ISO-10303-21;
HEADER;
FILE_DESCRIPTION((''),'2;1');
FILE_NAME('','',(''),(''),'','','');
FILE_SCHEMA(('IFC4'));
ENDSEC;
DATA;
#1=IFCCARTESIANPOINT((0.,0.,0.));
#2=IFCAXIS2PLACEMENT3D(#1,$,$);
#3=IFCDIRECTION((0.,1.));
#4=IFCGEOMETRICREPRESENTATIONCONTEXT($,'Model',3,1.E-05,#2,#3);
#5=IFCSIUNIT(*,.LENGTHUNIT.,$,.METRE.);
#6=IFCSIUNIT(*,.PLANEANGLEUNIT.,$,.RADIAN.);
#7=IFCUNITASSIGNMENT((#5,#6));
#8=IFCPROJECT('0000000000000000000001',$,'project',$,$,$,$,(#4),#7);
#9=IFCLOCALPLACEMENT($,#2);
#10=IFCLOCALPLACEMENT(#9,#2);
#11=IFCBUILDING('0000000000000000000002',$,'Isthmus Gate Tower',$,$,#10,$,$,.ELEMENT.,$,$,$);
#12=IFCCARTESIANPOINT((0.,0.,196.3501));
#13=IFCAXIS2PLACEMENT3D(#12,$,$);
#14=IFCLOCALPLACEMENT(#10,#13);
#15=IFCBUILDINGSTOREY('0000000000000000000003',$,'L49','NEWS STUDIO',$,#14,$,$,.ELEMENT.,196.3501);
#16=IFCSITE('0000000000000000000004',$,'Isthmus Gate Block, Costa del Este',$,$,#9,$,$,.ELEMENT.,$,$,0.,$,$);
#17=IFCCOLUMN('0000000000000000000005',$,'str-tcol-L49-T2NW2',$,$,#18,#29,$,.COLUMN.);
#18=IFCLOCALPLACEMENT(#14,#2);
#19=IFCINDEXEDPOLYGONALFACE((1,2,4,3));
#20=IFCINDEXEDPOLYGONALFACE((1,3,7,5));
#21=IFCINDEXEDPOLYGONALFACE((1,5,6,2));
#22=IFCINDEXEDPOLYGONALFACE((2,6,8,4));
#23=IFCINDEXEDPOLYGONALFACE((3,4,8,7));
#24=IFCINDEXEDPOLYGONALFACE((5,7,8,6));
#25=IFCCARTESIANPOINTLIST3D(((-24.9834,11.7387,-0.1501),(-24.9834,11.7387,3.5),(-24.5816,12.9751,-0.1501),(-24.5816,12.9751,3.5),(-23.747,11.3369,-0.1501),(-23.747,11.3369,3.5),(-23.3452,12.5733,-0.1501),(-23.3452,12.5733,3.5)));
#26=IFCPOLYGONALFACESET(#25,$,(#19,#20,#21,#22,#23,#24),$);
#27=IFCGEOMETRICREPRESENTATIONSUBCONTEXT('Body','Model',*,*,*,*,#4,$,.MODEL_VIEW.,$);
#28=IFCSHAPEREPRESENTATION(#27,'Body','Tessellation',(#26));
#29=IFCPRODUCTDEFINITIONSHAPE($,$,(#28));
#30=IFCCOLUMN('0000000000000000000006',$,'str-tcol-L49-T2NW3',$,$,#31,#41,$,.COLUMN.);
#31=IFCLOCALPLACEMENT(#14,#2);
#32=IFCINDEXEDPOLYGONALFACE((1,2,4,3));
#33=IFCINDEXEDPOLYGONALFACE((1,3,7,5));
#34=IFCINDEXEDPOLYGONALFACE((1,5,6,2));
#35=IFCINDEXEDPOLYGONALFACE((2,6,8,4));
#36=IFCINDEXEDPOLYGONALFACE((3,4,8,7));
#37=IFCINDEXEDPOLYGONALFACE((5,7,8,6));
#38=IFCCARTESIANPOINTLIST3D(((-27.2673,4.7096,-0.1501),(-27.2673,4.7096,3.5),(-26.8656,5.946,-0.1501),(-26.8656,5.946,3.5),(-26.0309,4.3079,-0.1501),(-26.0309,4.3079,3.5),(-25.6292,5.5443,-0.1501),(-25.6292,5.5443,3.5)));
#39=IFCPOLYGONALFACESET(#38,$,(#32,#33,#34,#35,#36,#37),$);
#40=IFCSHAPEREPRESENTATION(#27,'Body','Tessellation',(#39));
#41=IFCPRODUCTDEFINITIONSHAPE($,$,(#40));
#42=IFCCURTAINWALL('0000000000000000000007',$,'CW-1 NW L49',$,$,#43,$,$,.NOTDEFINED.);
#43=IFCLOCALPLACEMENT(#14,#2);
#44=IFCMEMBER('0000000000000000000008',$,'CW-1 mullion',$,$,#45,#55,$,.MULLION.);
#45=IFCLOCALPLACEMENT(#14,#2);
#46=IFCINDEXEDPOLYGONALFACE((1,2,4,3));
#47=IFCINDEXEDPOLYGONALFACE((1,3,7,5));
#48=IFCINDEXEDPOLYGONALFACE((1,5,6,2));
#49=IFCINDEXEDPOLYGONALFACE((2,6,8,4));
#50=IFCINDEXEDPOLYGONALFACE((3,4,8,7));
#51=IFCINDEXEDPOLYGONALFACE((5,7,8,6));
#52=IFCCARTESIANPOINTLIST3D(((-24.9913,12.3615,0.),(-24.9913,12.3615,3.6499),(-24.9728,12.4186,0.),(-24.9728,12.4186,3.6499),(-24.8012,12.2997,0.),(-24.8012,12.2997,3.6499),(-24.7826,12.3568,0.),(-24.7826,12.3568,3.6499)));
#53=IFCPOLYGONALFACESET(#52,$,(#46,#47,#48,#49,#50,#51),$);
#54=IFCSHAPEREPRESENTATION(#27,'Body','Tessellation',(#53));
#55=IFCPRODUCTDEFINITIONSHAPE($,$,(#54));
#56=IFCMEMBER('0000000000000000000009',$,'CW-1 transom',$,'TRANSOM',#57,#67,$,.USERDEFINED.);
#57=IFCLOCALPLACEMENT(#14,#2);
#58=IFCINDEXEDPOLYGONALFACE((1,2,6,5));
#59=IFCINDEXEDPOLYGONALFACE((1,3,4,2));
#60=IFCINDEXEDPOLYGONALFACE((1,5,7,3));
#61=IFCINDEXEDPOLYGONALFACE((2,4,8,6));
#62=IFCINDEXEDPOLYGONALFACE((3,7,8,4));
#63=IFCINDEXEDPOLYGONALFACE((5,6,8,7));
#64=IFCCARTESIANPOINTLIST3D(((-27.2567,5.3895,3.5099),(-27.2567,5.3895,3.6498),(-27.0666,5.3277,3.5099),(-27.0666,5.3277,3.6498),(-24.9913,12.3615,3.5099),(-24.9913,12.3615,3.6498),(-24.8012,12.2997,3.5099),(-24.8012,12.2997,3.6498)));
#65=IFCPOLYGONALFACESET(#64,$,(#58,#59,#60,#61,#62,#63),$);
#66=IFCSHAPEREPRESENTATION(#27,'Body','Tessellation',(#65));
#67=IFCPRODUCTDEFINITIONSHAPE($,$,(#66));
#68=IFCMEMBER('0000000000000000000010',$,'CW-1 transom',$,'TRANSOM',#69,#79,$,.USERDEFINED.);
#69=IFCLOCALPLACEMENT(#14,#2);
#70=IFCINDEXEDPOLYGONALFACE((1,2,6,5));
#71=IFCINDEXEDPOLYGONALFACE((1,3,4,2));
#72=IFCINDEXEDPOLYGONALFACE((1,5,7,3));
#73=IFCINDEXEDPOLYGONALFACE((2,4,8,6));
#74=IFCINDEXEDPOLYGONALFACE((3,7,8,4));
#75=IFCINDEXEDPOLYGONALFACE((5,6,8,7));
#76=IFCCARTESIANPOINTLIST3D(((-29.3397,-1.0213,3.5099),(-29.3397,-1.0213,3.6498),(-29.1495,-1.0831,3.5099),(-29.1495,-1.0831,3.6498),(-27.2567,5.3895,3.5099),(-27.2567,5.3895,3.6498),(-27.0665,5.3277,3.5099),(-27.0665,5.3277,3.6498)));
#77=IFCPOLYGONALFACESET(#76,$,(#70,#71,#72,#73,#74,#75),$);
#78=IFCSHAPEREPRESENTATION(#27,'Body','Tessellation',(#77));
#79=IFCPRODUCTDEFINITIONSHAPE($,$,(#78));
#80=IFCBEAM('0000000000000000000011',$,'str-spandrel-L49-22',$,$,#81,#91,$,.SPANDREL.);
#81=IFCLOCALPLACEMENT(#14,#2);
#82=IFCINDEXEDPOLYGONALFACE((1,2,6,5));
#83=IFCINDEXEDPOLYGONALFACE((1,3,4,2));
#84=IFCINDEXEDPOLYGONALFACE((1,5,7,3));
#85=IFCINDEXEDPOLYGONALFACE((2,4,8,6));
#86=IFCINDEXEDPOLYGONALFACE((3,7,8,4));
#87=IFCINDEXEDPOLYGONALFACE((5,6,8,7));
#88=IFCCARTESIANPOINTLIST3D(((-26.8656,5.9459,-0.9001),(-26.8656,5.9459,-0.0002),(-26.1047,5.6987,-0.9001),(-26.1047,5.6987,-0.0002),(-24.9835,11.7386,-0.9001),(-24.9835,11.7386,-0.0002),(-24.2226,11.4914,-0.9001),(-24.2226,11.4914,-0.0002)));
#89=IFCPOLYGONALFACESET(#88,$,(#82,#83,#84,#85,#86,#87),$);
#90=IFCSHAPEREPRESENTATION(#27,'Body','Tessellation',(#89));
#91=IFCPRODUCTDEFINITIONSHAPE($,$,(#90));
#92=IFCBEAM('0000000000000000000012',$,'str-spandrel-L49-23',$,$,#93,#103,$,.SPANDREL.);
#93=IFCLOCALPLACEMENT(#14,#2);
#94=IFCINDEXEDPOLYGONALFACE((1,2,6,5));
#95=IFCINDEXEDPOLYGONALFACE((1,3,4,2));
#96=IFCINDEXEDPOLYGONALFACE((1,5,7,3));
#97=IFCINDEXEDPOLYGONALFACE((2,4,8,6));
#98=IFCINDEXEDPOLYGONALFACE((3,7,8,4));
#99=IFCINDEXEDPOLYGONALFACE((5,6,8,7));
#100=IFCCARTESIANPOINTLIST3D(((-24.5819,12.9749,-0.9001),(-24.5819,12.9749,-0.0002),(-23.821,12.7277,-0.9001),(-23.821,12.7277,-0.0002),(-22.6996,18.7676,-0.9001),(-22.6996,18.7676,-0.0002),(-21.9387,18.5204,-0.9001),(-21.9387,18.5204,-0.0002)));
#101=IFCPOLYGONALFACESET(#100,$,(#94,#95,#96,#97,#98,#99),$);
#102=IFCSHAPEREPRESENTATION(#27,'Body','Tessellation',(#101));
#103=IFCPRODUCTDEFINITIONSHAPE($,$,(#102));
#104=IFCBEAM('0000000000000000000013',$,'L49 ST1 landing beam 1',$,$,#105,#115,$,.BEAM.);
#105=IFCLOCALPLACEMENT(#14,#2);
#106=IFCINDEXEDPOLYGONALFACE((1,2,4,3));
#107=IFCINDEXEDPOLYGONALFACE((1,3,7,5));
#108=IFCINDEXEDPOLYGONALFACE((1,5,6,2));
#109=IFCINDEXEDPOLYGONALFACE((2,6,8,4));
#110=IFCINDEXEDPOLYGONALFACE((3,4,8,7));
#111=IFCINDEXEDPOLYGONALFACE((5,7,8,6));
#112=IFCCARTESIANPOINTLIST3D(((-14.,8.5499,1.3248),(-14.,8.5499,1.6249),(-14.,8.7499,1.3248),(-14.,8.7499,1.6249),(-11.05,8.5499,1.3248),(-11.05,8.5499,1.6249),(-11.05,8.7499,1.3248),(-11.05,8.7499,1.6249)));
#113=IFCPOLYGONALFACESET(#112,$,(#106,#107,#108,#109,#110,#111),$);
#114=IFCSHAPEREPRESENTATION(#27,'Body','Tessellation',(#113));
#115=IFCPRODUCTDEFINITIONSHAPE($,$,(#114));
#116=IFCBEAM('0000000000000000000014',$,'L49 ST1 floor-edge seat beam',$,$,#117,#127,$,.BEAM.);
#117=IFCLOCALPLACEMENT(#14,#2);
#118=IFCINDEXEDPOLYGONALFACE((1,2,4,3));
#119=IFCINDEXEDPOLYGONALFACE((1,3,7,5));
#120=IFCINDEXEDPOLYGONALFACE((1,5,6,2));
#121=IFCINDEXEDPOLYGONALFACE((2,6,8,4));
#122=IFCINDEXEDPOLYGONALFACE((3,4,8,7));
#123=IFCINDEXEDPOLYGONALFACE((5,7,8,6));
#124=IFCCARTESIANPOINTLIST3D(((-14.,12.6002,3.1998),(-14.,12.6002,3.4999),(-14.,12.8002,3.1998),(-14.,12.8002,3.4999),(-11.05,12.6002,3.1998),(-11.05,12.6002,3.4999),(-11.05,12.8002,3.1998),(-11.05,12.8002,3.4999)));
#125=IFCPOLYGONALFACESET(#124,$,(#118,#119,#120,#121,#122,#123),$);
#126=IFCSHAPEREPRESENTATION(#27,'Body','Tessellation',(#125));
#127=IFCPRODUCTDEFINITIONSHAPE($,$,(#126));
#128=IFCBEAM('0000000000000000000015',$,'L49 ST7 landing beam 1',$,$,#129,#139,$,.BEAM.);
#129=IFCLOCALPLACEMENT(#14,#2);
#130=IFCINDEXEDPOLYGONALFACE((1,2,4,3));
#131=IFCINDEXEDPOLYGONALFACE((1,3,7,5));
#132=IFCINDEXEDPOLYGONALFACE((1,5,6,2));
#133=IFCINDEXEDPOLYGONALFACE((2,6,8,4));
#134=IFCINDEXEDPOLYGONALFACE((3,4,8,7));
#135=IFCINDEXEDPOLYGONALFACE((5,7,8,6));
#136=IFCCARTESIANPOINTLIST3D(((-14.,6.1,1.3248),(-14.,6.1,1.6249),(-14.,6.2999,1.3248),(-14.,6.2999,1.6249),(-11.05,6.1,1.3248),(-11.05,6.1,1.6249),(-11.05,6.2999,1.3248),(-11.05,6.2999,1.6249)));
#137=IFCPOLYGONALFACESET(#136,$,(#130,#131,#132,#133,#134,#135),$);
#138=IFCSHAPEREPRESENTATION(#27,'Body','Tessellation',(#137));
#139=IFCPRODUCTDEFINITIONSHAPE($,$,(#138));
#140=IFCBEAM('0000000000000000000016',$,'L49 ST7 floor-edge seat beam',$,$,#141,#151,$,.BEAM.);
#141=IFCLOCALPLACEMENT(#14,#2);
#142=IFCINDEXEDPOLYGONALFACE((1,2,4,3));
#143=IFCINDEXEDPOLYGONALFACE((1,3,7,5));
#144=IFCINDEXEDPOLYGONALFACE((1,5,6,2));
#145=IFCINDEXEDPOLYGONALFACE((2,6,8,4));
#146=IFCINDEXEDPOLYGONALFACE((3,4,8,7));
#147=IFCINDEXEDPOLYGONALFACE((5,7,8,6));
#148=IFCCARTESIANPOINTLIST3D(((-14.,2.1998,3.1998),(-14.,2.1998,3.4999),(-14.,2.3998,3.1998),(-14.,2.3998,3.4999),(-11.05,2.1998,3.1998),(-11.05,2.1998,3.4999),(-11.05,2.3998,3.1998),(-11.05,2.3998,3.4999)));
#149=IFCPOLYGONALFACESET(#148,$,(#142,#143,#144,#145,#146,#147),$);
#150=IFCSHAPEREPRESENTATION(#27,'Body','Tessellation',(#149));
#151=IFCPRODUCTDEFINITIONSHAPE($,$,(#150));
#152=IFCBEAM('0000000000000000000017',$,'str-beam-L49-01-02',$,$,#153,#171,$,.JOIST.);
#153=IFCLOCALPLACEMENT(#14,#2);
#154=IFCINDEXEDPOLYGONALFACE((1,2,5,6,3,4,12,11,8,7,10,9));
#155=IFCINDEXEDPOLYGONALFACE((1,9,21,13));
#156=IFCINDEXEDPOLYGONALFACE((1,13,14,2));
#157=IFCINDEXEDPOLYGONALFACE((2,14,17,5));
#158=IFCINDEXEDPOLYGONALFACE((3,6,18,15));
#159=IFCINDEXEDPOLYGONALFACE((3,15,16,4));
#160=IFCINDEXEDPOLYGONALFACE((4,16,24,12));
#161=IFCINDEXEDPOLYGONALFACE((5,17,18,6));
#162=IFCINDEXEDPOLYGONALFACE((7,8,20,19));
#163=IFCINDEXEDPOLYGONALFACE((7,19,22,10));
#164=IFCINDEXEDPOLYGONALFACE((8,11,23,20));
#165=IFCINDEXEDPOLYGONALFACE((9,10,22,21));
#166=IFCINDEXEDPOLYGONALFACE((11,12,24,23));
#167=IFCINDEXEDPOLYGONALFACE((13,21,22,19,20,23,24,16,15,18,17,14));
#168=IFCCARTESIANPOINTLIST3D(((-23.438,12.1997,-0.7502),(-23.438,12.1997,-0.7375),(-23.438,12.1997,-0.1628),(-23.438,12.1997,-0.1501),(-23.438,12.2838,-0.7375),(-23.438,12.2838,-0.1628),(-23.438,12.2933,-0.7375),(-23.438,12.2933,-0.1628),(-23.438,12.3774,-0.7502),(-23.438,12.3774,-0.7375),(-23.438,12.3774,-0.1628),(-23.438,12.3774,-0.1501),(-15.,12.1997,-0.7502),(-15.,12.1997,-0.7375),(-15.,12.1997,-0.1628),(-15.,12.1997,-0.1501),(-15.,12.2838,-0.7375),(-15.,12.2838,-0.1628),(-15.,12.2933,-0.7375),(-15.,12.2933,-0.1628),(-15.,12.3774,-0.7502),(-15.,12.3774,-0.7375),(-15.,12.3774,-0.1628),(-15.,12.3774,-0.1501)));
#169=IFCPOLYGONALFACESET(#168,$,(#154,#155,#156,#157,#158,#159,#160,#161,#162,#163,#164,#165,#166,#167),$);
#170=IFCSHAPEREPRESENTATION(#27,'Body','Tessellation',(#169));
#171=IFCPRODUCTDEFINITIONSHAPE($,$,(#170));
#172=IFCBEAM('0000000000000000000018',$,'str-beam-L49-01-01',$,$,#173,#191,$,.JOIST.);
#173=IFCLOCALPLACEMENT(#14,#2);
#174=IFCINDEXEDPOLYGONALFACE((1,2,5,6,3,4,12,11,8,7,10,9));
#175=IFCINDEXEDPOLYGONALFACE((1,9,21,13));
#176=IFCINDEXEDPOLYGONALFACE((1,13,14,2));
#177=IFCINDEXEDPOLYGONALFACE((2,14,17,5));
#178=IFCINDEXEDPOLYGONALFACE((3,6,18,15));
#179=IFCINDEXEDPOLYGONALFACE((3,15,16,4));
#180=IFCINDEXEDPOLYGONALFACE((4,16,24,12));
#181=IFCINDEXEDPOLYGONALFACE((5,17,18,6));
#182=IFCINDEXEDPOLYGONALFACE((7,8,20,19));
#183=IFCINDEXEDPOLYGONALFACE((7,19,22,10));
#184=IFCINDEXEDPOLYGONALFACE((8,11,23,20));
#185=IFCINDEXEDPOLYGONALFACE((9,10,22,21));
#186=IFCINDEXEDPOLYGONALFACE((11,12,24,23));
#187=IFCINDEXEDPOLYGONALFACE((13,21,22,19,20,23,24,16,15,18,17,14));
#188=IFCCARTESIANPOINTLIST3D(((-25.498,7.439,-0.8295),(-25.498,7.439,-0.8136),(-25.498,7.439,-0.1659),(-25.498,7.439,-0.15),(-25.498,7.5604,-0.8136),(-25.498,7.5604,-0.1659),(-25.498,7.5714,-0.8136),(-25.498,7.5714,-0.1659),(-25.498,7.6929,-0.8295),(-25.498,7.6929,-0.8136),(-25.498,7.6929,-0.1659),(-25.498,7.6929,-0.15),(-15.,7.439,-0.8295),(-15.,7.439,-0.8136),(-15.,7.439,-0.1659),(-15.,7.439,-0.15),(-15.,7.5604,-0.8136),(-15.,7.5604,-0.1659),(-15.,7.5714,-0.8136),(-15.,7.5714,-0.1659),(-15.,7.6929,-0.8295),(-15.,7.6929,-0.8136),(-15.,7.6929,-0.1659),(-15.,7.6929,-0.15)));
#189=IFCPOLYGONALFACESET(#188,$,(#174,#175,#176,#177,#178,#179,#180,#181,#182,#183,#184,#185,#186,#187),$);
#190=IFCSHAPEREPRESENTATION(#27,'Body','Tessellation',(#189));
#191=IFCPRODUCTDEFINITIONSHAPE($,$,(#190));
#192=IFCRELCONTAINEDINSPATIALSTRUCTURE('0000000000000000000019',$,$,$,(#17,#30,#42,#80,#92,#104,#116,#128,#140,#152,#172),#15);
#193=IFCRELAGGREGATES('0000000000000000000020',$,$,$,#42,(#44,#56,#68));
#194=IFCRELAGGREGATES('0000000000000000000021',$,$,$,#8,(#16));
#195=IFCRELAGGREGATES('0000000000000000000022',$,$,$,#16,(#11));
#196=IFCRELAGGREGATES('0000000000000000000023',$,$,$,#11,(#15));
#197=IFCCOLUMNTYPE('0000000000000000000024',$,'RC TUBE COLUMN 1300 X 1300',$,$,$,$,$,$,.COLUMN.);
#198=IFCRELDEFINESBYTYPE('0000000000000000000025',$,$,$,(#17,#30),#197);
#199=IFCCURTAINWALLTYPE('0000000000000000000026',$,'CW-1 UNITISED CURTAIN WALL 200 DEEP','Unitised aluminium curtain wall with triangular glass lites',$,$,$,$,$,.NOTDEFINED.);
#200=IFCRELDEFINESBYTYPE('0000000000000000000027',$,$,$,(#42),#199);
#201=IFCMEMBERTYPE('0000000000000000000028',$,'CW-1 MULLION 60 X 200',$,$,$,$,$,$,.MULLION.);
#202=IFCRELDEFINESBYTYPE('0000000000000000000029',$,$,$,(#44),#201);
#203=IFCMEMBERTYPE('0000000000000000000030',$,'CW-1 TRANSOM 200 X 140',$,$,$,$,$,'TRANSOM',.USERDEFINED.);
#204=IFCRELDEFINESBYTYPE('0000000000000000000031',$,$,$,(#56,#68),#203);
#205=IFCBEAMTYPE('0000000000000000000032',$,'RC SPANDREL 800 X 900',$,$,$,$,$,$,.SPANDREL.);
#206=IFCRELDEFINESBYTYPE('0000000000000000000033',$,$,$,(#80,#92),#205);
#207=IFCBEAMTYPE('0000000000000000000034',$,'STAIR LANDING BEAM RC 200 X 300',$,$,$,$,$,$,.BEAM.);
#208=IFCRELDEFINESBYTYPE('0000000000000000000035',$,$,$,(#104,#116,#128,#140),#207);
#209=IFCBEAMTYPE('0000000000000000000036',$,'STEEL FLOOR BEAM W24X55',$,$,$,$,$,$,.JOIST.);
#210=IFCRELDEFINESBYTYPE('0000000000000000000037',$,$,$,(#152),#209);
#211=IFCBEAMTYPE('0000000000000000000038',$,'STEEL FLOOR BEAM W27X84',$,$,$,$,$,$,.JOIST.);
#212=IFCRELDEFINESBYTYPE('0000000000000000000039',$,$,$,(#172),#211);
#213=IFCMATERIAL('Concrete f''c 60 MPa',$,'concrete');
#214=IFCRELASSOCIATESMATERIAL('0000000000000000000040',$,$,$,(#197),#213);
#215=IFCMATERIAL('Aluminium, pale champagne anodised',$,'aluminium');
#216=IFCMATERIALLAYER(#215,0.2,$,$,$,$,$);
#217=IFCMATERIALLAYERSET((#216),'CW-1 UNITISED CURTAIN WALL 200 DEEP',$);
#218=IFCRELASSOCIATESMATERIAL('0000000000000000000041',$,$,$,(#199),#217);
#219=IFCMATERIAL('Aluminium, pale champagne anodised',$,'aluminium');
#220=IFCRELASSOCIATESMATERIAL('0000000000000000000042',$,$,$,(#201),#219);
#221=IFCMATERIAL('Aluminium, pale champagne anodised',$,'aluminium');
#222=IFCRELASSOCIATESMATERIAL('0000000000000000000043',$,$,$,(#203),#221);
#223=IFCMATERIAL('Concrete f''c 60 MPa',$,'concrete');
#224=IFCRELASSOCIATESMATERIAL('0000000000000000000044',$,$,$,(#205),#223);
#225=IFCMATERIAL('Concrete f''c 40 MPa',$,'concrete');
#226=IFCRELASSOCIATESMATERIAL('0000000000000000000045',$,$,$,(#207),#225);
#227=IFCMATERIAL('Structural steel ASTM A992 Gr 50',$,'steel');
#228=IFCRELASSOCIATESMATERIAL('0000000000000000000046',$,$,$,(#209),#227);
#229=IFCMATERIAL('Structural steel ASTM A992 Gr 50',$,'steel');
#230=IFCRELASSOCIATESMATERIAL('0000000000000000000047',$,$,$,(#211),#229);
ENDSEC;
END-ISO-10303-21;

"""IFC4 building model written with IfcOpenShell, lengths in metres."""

from ifc_helpers import new_model, si_unit, direction, frame, origin, origin_2d, place, context, subcontext, project, spatial, rectangle, i_section, extrude, material, layer, layer_set, material_profile, profile_set, type_object, element, aggregate, save


model = new_model("IFC4")

# Units and contexts
model_context = context("Model", 3, precision=1e-05, world=origin(), true_north=direction((0.0, 1.0)))
body_context = subcontext(model_context, "Body", "Model", "MODEL_VIEW")
ifc_project = project(units=[si_unit("LENGTHUNIT", "METRE"), si_unit("PLANEANGLEUNIT", "RADIAN")], contexts=[model_context])

# Site, building, storey
site_placement = place(None, origin())
site = spatial("IfcSite", under=ifc_project, at=site_placement, Name="Isthmus Gate Block, Costa del Este", CompositionType="ELEMENT", RefElevation=0.0)
building_placement = place(site_placement, origin())
building = spatial("IfcBuilding", under=site, at=building_placement, Name="Isthmus Gate Tower", CompositionType="ELEMENT")
storey_placement = place(building_placement, frame((0.0, 0.0, 196.3501)))
storey = spatial("IfcBuildingStorey", under=building, at=storey_placement, Name="L49", Description="NEWS STUDIO", CompositionType="ELEMENT", Elevation=196.3501)

# Columns
ifc_material_1 = material(Name="Concrete f'c 60 MPa", Category="concrete")
ifc_material_profile_1 = material_profile(ifc_material_1, rectangle(XDim=1.3, YDim=1.3, at=origin_2d()), Name="RC 1300X1300")
ifc_profile_set_1 = profile_set([ifc_material_profile_1], Name="Concrete f'c 60 MPa")
column_type = type_object("IfcColumnType", Name="RC TUBE COLUMN 1300 X 1300", PredefinedType="COLUMN", material=ifc_profile_set_1)
for number, where, z_axis, x_axis, name in (
    (1, (-24.1643, 12.156, -0.1501), (0.0, 0.0, 1.0), (-0.309017, -0.951057, 0.0), "str-tcol-L49-T2NW2"),
    (2, (-26.4482, 5.127, -0.1501), (0.0, 0.0, 1.0), (-0.309017, -0.951057, 0.0), "str-tcol-L49-T2NW3"),
):
    element("IfcColumn", number, at=place(storey_placement, frame(where, z_axis=z_axis, x_axis=x_axis)), inside=storey, type_object=column_type, Name=name, PredefinedType="COLUMN", context=body_context, shape_type="SweptSolid", body=[
        extrude(rectangle(XDim=1.3, YDim=1.3, at=origin_2d()), origin(), (0.0, 0.0, 1.0), 3.6501),
    ])

# Curtain wall, members
ifc_material_2 = material(Name="Aluminium, pale champagne anodised", Category="aluminium")
ifc_layer_1 = layer(ifc_material_2, 0.2)
ifc_layer_set_1 = layer_set([ifc_layer_1], Name="CW-1 UNITISED CURTAIN WALL 200 DEEP")
curtain_wall_type = type_object("IfcCurtainWallType", Name="CW-1 UNITISED CURTAIN WALL 200 DEEP", Description="Unitised aluminium curtain wall with triangular glass lites", PredefinedType="NOTDEFINED", material=ifc_layer_set_1)
curtain_wall_placement = place(storey_placement, origin())
curtain_wall = element("IfcCurtainWall", 3, at=curtain_wall_placement, inside=storey, type_object=curtain_wall_type, Name="CW-1 NW L49", PredefinedType="NOTDEFINED")
ifc_material_3 = material(Name="Aluminium, pale champagne anodised", Category="aluminium")
ifc_material_profile_2 = material_profile(ifc_material_3, rectangle(XDim=0.0601, YDim=0.2, at=origin_2d()), Name="60x200")
ifc_profile_set_2 = profile_set([ifc_material_profile_2], Name="Aluminium, pale champagne anodised")
member_type_1 = type_object("IfcMemberType", Name="CW-1 MULLION 60 X 200", PredefinedType="MULLION", material=ifc_profile_set_2)
member_1_placement = place(storey_placement, frame((-24.887, 12.3591, 0.0), z_axis=(0.0, 0.0, 1.0), x_axis=(-0.309017, -0.951057, 0.0)))
member_1 = element("IfcMember", 4, at=member_1_placement, type_object=member_type_1, Name="CW-1 mullion", PredefinedType="MULLION", context=body_context, shape_type="SweptSolid", body=[
    extrude(rectangle(XDim=0.0601, YDim=0.2, at=origin_2d()), origin(), (0.0, 0.0, 1.0), 3.6499),
])
ifc_material_4 = material(Name="Aluminium, pale champagne anodised", Category="aluminium")
ifc_material_profile_3 = material_profile(ifc_material_4, rectangle(XDim=0.2, YDim=0.1399, at=origin_2d()), Name="200x140")
ifc_profile_set_3 = profile_set([ifc_material_profile_3], Name="Aluminium, pale champagne anodised")
member_type_2 = type_object("IfcMemberType", Name="CW-1 TRANSOM 200 X 140", ElementType="TRANSOM", PredefinedType="USERDEFINED", material=ifc_profile_set_3)
member_2_placement = place(storey_placement, frame((-24.8962, 12.3306, 3.5798), z_axis=(-0.309025, -0.951054, 0.0), x_axis=(0.951054, -0.309025, 0.0)))
member_2 = element("IfcMember", 5, at=member_2_placement, type_object=member_type_2, Name="CW-1 transom", ObjectType="TRANSOM", PredefinedType="USERDEFINED", context=body_context, shape_type="SweptSolid", body=[
    extrude(rectangle(XDim=0.2, YDim=0.1399, at=origin_2d()), origin(), (0.0, 0.0, 1.0), 7.3308),
])
member_3_placement = place(storey_placement, frame((-27.1616, 5.3586, 3.5798), z_axis=(-0.309015, -0.951057, 0.0), x_axis=(0.951057, -0.309015, 0.0)))
member_3 = element("IfcMember", 6, at=member_3_placement, type_object=member_type_2, Name="CW-1 transom", ObjectType="TRANSOM", PredefinedType="USERDEFINED", context=body_context, shape_type="SweptSolid", body=[
    extrude(rectangle(XDim=0.2, YDim=0.1399, at=origin_2d()), origin(), (0.0, 0.0, 1.0), 6.7407),
])

# Beams
ifc_material_5 = material(Name="Concrete f'c 60 MPa", Category="concrete")
ifc_material_profile_4 = material_profile(ifc_material_5, rectangle(XDim=0.8, YDim=0.8999, at=origin_2d()), Name="RC 800X900")
ifc_profile_set_4 = profile_set([ifc_material_profile_4], Name="Concrete f'c 60 MPa")
beam_type_1 = type_object("IfcBeamType", Name="RC SPANDREL 800 X 900", PredefinedType="SPANDREL", material=ifc_profile_set_4)
for number, where, z_axis, x_axis, name in (
    (7, (-26.4851, 5.8223, -0.4502), (0.309004, 0.951061, 0.0), (-0.951061, 0.309004, 0.0), "str-spandrel-L49-22"),
    (8, (-24.2014, 12.8513, -0.4502), (0.30904, 0.951049, 0.0), (-0.951049, 0.30904, 0.0), "str-spandrel-L49-23"),
):
    element("IfcBeam", number, at=place(storey_placement, frame(where, z_axis=z_axis, x_axis=x_axis)), inside=storey, type_object=beam_type_1, Name=name, PredefinedType="SPANDREL", context=body_context, shape_type="SweptSolid", body=[
        extrude(rectangle(XDim=0.8, YDim=0.8999, at=origin_2d()), origin(), (0.0, 0.0, 1.0), 6.0908),
    ])
ifc_material_6 = material(Name="Concrete f'c 40 MPa", Category="concrete")
ifc_material_profile_5 = material_profile(ifc_material_6, rectangle(XDim=0.2, YDim=0.3, at=origin_2d()), Name="STAIR LANDING BEAM RC 200 X 300")
ifc_profile_set_5 = profile_set([ifc_material_profile_5], Name="Concrete f'c 40 MPa")
beam_type_2 = type_object("IfcBeamType", Name="STAIR LANDING BEAM RC 200 X 300", PredefinedType="BEAM", material=ifc_profile_set_5)
for number, where, z_axis, x_axis, name in (
    (9, (-14.0, 8.6499, 1.4749), (1.0, 0.0, 0.0), (0.0, 1.0, 0.0), "L49 ST1 landing beam 1"),
    (10, (-14.0, 12.7002, 3.3499), (1.0, 0.0, 0.0), (0.0, 1.0, 0.0), "L49 ST1 floor-edge seat beam"),
    (11, (-14.0, 6.2, 1.4749), (1.0, 0.0, 0.0), (0.0, 1.0, 0.0), "L49 ST7 landing beam 1"),
    (12, (-14.0, 2.2998, 3.3499), (1.0, 0.0, 0.0), (0.0, 1.0, 0.0), "L49 ST7 floor-edge seat beam"),
):
    element("IfcBeam", number, at=place(storey_placement, frame(where, z_axis=z_axis, x_axis=x_axis)), inside=storey, type_object=beam_type_2, Name=name, PredefinedType="BEAM", context=body_context, shape_type="SweptSolid", body=[
        extrude(rectangle(XDim=0.2, YDim=0.3, at=origin_2d()), origin(), (0.0, 0.0, 1.0), 2.95),
    ])
ifc_material_7 = material(Name="Structural steel ASTM A992 Gr 50", Category="steel")
ifc_material_profile_6 = material_profile(ifc_material_7, i_section(OverallWidth=0.1777, OverallDepth=0.6001, WebThickness=0.0095, FlangeThickness=0.0127, at=origin_2d()), Name="W24X55")
ifc_profile_set_6 = profile_set([ifc_material_profile_6], Name="Structural steel ASTM A992 Gr 50")
beam_type_3 = type_object("IfcBeamType", Name="STEEL FLOOR BEAM W24X55", PredefinedType="JOIST", material=ifc_profile_set_6)
beam_1_placement = place(storey_placement, frame((-23.438, 12.2886, -0.4502), z_axis=(1.0, 0.0, 0.0), x_axis=(0.0, 1.0, 0.0)))
element("IfcBeam", 13, at=beam_1_placement, inside=storey, type_object=beam_type_3, Name="str-beam-L49-01-02", PredefinedType="JOIST", context=body_context, shape_type="SweptSolid", body=[
    extrude(i_section(OverallWidth=0.1777, OverallDepth=0.6001, WebThickness=0.0095, FlangeThickness=0.0127, at=origin_2d()), origin(), (0.0, 0.0, 1.0), 8.438),
])
ifc_material_8 = material(Name="Structural steel ASTM A992 Gr 50", Category="steel")
ifc_material_profile_7 = material_profile(ifc_material_8, i_section(OverallWidth=0.2539, OverallDepth=0.6794, WebThickness=0.011, FlangeThickness=0.0159, at=origin_2d()), Name="W27X84")
ifc_profile_set_7 = profile_set([ifc_material_profile_7], Name="Structural steel ASTM A992 Gr 50")
beam_type_4 = type_object("IfcBeamType", Name="STEEL FLOOR BEAM W27X84", PredefinedType="JOIST", material=ifc_profile_set_7)
beam_2_placement = place(storey_placement, frame((-25.498, 7.5659, -0.4897), z_axis=(1.0, 0.0, 0.0), x_axis=(0.0, 1.0, 0.0)))
element("IfcBeam", 14, at=beam_2_placement, inside=storey, type_object=beam_type_4, Name="str-beam-L49-01-01", PredefinedType="JOIST", context=body_context, shape_type="SweptSolid", body=[
    extrude(i_section(OverallWidth=0.2539, OverallDepth=0.6794, WebThickness=0.011, FlangeThickness=0.0159, at=origin_2d()), origin(), (0.0, 0.0, 1.0), 10.498),
])

aggregate(curtain_wall, [member_1, member_2, member_3])

save(model, "model.ifc")
